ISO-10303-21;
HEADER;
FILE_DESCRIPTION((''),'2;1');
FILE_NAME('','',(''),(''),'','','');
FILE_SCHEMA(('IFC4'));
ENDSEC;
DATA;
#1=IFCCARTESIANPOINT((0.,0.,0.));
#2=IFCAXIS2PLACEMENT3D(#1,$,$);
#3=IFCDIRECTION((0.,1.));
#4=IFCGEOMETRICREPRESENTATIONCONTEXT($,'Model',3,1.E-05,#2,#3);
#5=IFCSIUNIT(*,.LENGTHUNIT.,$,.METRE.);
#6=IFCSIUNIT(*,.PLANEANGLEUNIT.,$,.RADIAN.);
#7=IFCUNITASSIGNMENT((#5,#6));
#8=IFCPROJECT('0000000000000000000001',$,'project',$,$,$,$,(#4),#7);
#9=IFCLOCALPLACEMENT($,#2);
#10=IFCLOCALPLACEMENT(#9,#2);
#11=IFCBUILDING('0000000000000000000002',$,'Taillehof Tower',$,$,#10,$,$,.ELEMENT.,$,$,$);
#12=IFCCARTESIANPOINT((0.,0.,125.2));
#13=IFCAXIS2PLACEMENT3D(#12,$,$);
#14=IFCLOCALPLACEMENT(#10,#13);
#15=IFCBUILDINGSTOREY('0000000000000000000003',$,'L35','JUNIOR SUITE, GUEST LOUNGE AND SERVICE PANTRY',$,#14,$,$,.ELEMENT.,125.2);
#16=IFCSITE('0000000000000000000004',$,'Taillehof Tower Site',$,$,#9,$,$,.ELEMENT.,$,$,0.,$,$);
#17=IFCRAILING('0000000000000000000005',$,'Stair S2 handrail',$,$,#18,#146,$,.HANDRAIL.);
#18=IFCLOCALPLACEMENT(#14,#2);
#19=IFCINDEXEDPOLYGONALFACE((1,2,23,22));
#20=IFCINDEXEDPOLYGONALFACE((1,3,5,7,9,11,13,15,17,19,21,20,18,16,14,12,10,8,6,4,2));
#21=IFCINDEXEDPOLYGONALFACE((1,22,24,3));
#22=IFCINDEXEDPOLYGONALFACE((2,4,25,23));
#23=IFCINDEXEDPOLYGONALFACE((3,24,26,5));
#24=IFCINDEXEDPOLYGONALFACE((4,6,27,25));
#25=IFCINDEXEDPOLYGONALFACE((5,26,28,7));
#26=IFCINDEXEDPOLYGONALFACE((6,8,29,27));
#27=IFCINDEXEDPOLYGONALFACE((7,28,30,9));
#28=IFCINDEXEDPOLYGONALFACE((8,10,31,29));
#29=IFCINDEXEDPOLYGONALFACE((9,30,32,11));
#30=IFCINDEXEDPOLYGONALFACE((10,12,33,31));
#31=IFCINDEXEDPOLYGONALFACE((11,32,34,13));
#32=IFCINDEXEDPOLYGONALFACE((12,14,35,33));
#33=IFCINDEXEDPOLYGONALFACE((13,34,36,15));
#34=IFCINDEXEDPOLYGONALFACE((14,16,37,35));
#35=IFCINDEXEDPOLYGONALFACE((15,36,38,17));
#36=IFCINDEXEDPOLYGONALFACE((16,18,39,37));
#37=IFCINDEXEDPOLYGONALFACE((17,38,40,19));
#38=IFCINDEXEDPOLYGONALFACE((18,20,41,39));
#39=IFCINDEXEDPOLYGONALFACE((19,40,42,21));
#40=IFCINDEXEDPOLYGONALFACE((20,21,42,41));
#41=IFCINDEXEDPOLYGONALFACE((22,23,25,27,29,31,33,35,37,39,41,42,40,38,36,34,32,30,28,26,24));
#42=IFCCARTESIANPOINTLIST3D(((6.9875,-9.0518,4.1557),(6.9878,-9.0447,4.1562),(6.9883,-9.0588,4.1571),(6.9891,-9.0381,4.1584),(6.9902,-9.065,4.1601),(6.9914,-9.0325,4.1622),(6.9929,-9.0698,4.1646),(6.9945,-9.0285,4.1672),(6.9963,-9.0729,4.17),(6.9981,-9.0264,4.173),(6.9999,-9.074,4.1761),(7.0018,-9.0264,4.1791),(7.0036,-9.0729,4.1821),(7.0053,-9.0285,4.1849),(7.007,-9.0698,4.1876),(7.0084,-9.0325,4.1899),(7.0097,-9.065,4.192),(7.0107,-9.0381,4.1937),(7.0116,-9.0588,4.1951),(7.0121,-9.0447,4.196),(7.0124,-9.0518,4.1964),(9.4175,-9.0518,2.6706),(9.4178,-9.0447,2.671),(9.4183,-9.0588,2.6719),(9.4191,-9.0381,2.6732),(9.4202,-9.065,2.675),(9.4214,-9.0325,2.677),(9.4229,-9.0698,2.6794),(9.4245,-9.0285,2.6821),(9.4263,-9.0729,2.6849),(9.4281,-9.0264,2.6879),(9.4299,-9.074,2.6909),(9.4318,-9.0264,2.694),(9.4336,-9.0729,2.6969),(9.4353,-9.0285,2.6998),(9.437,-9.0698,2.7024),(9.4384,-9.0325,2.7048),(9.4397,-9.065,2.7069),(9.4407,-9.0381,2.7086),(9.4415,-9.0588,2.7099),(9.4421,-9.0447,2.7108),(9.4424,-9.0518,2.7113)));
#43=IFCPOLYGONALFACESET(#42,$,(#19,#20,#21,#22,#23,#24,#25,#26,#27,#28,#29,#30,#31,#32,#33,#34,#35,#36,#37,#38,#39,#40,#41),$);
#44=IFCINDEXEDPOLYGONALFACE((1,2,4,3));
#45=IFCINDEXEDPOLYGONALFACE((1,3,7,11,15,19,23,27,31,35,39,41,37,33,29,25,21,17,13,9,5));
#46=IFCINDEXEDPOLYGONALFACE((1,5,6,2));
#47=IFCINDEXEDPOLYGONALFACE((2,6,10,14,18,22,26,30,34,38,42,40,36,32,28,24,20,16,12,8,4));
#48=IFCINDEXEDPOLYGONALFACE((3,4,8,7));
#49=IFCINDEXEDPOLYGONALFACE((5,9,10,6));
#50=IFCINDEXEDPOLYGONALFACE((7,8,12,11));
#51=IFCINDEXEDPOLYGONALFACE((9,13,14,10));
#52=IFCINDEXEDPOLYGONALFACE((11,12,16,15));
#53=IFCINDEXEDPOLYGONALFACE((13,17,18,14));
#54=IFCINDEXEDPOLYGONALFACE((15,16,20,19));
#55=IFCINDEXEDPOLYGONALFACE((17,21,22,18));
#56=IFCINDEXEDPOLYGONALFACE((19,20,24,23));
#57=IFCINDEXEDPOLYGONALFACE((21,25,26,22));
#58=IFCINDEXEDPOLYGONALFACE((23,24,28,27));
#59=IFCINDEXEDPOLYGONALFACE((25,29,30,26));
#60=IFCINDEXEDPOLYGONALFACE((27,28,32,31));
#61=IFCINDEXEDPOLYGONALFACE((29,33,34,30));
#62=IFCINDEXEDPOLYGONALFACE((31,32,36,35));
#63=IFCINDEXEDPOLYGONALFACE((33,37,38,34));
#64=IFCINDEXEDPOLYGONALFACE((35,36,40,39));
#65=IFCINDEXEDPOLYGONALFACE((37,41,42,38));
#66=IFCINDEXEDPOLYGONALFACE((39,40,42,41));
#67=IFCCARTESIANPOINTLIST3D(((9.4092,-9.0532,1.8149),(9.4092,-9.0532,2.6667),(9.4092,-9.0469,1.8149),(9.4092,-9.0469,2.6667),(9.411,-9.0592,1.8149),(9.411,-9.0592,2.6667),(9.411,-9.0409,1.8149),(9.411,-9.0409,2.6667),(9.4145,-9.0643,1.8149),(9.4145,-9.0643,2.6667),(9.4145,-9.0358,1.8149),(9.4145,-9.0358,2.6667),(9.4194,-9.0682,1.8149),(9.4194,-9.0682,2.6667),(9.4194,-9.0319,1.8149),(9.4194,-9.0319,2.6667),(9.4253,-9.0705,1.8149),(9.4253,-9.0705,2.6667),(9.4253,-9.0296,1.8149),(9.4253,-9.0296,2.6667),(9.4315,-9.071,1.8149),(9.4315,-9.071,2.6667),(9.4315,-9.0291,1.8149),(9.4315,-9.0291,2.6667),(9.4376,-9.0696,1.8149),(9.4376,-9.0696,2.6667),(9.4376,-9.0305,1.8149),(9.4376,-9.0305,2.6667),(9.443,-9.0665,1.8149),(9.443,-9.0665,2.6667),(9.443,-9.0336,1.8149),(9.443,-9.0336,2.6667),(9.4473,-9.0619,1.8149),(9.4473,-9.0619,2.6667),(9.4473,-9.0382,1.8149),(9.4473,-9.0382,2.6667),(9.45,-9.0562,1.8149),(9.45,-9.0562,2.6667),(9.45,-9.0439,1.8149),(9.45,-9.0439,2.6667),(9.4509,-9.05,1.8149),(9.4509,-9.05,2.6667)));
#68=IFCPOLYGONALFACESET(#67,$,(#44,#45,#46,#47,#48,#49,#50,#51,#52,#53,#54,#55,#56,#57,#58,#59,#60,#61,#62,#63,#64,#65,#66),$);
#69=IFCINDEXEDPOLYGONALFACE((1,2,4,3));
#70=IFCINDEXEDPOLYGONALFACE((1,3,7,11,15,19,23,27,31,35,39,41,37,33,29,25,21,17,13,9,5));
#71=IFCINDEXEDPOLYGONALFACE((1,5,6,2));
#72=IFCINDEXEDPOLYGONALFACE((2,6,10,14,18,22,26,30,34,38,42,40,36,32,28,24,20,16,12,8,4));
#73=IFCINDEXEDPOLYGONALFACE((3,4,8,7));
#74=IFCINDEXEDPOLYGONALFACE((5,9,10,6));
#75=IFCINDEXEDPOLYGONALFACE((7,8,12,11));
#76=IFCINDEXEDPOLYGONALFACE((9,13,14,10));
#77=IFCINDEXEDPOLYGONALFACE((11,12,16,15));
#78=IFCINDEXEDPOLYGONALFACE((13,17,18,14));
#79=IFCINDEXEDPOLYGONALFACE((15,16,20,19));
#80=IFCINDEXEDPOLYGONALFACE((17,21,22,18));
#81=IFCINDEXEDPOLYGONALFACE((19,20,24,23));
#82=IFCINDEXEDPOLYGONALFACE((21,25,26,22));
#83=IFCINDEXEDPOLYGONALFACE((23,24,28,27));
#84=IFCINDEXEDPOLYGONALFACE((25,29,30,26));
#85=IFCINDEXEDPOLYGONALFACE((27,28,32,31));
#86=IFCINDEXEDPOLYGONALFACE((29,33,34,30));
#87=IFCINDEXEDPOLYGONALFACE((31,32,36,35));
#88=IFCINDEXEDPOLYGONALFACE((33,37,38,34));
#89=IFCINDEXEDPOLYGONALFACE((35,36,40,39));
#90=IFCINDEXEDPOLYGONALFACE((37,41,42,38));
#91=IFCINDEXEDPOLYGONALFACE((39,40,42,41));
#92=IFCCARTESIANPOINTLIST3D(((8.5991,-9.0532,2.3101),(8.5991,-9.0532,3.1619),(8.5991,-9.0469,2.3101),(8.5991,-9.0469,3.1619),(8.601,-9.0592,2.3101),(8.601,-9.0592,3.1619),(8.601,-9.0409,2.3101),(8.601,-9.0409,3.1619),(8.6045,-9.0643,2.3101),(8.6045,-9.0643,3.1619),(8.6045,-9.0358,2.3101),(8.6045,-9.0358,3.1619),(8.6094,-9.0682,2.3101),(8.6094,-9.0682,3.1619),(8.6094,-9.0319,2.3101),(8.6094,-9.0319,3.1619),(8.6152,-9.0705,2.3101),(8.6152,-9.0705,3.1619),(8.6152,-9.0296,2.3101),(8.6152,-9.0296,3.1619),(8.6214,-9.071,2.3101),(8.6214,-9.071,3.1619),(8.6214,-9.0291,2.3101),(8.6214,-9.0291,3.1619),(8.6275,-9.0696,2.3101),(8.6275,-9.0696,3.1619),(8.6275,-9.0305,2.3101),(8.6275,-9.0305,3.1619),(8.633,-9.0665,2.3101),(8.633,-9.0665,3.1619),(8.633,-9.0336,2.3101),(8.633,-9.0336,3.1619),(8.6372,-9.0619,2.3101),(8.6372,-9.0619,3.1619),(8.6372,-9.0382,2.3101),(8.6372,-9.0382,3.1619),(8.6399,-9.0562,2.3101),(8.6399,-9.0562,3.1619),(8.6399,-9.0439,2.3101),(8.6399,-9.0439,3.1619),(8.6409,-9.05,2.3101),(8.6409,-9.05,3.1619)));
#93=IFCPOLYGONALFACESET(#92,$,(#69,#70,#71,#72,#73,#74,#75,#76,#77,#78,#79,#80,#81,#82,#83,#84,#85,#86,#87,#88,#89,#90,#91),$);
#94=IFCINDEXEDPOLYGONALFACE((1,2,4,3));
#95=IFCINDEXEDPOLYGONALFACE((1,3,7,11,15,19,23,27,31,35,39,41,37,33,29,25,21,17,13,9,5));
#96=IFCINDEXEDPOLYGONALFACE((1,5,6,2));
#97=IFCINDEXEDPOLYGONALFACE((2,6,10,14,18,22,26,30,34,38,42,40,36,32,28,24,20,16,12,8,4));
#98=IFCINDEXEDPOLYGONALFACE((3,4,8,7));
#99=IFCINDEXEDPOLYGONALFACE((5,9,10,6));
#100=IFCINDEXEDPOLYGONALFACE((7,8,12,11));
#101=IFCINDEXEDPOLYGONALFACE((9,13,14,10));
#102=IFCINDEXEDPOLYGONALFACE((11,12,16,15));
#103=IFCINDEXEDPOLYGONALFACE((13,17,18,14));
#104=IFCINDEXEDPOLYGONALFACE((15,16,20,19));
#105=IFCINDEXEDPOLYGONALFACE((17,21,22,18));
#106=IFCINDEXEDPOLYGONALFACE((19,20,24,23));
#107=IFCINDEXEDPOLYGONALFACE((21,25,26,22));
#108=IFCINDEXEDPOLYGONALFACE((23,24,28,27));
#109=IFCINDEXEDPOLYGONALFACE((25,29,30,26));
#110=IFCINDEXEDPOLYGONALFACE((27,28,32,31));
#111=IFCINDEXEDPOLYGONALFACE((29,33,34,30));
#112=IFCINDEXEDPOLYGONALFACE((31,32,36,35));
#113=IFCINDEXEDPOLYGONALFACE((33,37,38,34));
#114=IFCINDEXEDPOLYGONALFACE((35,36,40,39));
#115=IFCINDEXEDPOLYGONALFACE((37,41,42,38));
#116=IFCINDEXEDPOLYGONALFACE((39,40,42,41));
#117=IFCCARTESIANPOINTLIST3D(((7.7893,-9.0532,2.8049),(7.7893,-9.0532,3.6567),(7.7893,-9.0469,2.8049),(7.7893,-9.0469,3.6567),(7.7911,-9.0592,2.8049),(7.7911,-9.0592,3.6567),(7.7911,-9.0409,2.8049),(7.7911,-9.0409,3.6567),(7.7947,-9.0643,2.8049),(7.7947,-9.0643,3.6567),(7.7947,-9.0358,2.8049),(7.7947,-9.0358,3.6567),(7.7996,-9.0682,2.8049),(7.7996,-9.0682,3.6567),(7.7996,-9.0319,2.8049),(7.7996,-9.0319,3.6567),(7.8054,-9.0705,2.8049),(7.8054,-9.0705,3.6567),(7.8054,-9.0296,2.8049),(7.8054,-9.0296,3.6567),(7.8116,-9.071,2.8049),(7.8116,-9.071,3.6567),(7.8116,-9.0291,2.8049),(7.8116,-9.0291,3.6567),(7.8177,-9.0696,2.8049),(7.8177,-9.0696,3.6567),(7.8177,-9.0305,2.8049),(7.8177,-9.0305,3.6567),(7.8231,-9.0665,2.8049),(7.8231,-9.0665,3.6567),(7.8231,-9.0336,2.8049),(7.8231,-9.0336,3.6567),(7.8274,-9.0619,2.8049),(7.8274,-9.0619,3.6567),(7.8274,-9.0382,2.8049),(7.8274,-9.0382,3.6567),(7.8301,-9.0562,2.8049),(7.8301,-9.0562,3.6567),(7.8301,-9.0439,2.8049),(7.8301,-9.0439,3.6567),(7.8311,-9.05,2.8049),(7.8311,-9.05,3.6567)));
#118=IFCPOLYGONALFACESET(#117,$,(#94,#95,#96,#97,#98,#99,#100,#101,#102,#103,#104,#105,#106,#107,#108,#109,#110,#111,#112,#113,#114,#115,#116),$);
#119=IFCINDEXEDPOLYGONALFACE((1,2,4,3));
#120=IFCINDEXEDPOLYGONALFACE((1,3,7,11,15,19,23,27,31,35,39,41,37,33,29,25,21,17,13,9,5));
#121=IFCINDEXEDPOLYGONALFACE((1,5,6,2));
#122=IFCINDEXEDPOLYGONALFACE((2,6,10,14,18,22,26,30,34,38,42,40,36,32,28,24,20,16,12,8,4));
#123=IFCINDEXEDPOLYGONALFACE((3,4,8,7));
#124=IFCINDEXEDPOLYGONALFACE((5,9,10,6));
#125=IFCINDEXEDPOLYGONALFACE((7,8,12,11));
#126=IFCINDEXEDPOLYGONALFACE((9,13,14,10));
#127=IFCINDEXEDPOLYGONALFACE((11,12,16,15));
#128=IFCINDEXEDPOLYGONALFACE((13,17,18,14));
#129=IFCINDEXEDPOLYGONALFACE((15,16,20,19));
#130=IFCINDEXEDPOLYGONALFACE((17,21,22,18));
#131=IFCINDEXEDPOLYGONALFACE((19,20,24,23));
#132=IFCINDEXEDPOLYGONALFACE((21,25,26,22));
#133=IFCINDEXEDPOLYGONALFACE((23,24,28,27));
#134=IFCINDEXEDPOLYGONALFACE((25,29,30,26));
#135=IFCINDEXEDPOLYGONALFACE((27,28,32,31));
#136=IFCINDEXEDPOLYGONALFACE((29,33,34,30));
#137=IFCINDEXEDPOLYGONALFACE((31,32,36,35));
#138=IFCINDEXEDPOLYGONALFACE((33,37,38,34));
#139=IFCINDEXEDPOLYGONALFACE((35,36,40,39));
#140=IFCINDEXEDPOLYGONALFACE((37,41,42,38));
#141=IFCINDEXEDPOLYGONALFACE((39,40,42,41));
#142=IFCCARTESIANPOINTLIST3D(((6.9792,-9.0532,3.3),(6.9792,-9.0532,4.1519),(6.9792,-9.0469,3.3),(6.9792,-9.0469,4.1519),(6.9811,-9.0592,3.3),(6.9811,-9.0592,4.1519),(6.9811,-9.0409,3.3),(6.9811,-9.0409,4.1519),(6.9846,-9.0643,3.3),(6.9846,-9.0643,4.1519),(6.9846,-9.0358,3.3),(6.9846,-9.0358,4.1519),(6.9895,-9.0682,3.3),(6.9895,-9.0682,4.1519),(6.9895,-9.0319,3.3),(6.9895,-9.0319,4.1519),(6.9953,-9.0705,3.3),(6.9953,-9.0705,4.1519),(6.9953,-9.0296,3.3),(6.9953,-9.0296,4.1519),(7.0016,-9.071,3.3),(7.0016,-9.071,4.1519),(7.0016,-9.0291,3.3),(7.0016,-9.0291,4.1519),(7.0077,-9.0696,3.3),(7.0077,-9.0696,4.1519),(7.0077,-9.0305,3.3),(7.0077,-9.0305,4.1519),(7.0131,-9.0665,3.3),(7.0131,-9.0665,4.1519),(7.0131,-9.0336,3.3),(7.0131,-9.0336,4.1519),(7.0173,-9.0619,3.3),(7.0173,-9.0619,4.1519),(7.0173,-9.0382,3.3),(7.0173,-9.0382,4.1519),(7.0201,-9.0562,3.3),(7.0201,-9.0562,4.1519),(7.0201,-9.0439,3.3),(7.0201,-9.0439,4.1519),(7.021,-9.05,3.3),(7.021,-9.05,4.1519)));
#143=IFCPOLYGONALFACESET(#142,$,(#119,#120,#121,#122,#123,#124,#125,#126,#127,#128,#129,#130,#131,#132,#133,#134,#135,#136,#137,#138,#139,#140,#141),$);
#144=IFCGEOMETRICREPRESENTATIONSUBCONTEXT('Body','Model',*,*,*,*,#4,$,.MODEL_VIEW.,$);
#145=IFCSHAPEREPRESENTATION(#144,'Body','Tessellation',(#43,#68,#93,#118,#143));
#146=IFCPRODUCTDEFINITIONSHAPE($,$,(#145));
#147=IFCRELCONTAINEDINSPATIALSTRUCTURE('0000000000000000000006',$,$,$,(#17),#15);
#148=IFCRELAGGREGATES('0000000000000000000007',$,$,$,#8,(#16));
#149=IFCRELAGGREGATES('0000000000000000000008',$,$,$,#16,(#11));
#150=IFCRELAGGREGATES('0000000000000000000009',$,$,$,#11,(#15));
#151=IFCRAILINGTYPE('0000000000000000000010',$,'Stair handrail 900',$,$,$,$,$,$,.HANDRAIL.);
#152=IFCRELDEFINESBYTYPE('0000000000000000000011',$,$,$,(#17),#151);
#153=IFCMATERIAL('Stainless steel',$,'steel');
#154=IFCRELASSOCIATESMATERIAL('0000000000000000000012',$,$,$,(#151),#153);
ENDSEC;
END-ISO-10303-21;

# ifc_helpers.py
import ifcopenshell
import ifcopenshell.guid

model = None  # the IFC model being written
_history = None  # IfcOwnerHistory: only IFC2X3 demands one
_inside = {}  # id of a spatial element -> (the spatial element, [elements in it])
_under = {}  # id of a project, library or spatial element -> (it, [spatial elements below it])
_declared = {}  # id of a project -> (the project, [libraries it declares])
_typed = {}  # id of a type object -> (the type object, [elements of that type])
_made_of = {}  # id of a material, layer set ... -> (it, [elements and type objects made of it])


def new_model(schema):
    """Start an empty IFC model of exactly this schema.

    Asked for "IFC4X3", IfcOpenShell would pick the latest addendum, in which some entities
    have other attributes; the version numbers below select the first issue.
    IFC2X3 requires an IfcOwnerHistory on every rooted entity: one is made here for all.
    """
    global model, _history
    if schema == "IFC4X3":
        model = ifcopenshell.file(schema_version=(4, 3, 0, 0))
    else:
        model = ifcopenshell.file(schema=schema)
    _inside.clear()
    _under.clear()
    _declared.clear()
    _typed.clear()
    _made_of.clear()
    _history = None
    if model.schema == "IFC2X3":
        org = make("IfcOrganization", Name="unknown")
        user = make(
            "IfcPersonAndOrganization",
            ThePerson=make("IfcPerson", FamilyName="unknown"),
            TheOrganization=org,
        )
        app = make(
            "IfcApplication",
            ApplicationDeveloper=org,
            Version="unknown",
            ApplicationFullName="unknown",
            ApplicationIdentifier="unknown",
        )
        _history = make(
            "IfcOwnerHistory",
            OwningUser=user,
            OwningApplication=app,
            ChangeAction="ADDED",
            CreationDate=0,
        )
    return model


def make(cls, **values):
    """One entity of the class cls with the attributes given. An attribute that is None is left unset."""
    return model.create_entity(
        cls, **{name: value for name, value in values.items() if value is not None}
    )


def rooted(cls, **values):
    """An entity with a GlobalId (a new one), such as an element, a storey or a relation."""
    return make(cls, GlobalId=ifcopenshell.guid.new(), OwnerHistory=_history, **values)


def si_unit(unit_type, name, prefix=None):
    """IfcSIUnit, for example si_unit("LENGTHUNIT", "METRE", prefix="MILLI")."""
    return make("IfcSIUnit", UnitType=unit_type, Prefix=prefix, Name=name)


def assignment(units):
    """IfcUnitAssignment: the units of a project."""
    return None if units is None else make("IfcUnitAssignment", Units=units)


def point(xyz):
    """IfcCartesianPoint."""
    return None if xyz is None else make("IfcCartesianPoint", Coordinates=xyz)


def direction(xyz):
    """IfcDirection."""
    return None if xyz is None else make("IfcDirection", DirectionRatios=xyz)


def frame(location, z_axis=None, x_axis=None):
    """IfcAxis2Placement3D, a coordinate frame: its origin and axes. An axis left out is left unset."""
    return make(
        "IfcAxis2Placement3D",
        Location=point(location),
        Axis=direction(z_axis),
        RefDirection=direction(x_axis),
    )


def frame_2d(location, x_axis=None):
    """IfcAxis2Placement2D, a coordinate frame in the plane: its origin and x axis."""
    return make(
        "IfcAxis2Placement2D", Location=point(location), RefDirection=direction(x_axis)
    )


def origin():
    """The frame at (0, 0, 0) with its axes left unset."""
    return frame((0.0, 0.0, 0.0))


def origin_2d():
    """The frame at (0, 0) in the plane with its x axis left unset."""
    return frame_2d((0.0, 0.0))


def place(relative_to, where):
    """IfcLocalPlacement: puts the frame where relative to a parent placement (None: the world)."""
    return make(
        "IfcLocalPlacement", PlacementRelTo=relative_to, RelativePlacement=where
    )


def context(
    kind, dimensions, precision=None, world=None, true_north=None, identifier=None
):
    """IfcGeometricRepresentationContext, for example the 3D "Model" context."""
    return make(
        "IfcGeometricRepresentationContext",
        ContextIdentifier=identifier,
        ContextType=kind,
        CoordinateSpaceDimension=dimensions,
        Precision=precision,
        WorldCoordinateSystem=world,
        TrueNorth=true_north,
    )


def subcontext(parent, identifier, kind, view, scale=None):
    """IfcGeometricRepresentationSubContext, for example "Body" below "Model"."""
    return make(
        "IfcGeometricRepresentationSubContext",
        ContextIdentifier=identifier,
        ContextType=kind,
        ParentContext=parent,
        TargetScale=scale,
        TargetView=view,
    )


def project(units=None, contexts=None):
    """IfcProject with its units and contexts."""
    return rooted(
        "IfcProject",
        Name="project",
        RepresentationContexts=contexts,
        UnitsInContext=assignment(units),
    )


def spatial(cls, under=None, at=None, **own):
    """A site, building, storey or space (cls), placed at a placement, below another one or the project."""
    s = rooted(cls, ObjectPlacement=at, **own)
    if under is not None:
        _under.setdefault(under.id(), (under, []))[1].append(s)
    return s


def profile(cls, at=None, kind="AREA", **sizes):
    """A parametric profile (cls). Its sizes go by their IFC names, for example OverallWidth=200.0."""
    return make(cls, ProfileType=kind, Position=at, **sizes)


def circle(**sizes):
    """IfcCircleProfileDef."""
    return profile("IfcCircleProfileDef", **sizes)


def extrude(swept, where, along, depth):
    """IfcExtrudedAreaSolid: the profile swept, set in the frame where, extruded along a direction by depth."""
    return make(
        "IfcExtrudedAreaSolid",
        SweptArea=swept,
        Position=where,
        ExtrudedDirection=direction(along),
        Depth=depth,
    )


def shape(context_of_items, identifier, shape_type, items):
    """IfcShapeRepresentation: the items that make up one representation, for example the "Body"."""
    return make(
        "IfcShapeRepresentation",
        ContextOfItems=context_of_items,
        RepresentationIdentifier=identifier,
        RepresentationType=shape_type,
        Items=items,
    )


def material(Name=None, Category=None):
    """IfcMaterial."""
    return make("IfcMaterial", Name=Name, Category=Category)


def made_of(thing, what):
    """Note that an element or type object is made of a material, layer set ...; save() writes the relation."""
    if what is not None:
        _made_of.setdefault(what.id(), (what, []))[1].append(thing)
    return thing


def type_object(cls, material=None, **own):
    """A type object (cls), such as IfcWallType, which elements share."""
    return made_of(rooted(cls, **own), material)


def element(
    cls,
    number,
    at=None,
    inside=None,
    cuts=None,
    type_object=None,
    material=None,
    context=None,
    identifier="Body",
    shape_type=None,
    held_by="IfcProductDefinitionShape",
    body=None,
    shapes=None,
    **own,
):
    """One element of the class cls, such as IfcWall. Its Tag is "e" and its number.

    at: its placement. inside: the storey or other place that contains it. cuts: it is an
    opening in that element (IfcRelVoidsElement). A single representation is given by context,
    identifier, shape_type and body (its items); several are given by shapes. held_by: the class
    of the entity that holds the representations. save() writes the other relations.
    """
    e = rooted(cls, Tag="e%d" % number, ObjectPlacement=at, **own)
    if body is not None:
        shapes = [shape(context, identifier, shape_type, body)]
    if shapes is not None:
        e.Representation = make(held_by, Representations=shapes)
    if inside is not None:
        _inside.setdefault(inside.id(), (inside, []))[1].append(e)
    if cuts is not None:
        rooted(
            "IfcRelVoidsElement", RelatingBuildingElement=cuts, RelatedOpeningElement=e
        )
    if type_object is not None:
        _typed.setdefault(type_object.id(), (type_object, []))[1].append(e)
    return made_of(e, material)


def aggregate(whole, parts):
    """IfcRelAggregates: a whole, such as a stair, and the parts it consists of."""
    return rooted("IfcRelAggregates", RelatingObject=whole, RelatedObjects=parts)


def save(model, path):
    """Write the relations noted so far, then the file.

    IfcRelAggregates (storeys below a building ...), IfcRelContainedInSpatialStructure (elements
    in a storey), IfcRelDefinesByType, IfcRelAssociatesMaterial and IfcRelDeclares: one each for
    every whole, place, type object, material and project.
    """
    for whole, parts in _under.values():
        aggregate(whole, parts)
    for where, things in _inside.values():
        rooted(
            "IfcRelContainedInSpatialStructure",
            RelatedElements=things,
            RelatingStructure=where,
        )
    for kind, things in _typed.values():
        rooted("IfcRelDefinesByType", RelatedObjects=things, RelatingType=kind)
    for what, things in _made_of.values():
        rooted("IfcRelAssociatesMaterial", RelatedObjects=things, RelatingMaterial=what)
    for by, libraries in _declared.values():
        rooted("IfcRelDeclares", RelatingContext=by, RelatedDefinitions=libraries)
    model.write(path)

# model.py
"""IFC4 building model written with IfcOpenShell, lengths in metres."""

from ifc_helpers import new_model, si_unit, direction, frame, origin, origin_2d, place, context, subcontext, project, spatial, circle, extrude, material, type_object, element, save


model = new_model("IFC4")

# Units and contexts
model_context = context("Model", 3, precision=1e-05, world=origin(), true_north=direction((0.0, 1.0)))
body_context = subcontext(model_context, "Body", "Model", "MODEL_VIEW")
ifc_project = project(units=[si_unit("LENGTHUNIT", "METRE"), si_unit("PLANEANGLEUNIT", "RADIAN")], contexts=[model_context])

# Site, building, storey
site_placement = place(None, origin())
site = spatial("IfcSite", under=ifc_project, at=site_placement, Name="Taillehof Tower Site", CompositionType="ELEMENT", RefElevation=0.0)
building_placement = place(site_placement, origin())
building = spatial("IfcBuilding", under=site, at=building_placement, Name="Taillehof Tower", CompositionType="ELEMENT")
storey_placement = place(building_placement, frame((0.0, 0.0, 125.2)))
storey = spatial("IfcBuildingStorey", under=building, at=storey_placement, Name="L35", Description="JUNIOR SUITE, GUEST LOUNGE AND SERVICE PANTRY", CompositionType="ELEMENT", Elevation=125.2)

# Railing
ifc_material_1 = material(Name="Stainless steel", Category="steel")
railing_type = type_object("IfcRailingType", Name="Stair handrail 900", PredefinedType="HANDRAIL", material=ifc_material_1)
railing_1_placement = place(storey_placement, frame((9.4299, -9.05, 1.8149)))
element("IfcRailing", 1, at=railing_1_placement, inside=storey, type_object=railing_type, Name="Stair S2 handrail", PredefinedType="HANDRAIL", context=body_context, shape_type="SweptSolid", body=[
    extrude(circle(Radius=0.0239, at=origin_2d()), frame((0.0, 0.0, 0.876), z_axis=(-0.853259, 0.0, 0.521488), x_axis=(0.0, -1.0, 0.0)), (0.0, 0.0, 1.0), 2.8479),
    extrude(circle(Radius=0.021, at=origin_2d()), origin(), (0.0, 0.0, 1.0), 0.8518),
    extrude(circle(Radius=0.021, at=origin_2d()), frame((-0.8101, 0.0, 0.4951)), (0.0, 0.0, 1.0), 0.8518),
    extrude(circle(Radius=0.021, at=origin_2d()), frame((-1.6199, 0.0, 0.99)), (0.0, 0.0, 1.0), 0.8518),
    extrude(circle(Radius=0.021, at=origin_2d()), frame((-2.4299, 0.0, 1.4851)), (0.0, 0.0, 1.0), 0.8518),
])

save(model, "model.ifc")
